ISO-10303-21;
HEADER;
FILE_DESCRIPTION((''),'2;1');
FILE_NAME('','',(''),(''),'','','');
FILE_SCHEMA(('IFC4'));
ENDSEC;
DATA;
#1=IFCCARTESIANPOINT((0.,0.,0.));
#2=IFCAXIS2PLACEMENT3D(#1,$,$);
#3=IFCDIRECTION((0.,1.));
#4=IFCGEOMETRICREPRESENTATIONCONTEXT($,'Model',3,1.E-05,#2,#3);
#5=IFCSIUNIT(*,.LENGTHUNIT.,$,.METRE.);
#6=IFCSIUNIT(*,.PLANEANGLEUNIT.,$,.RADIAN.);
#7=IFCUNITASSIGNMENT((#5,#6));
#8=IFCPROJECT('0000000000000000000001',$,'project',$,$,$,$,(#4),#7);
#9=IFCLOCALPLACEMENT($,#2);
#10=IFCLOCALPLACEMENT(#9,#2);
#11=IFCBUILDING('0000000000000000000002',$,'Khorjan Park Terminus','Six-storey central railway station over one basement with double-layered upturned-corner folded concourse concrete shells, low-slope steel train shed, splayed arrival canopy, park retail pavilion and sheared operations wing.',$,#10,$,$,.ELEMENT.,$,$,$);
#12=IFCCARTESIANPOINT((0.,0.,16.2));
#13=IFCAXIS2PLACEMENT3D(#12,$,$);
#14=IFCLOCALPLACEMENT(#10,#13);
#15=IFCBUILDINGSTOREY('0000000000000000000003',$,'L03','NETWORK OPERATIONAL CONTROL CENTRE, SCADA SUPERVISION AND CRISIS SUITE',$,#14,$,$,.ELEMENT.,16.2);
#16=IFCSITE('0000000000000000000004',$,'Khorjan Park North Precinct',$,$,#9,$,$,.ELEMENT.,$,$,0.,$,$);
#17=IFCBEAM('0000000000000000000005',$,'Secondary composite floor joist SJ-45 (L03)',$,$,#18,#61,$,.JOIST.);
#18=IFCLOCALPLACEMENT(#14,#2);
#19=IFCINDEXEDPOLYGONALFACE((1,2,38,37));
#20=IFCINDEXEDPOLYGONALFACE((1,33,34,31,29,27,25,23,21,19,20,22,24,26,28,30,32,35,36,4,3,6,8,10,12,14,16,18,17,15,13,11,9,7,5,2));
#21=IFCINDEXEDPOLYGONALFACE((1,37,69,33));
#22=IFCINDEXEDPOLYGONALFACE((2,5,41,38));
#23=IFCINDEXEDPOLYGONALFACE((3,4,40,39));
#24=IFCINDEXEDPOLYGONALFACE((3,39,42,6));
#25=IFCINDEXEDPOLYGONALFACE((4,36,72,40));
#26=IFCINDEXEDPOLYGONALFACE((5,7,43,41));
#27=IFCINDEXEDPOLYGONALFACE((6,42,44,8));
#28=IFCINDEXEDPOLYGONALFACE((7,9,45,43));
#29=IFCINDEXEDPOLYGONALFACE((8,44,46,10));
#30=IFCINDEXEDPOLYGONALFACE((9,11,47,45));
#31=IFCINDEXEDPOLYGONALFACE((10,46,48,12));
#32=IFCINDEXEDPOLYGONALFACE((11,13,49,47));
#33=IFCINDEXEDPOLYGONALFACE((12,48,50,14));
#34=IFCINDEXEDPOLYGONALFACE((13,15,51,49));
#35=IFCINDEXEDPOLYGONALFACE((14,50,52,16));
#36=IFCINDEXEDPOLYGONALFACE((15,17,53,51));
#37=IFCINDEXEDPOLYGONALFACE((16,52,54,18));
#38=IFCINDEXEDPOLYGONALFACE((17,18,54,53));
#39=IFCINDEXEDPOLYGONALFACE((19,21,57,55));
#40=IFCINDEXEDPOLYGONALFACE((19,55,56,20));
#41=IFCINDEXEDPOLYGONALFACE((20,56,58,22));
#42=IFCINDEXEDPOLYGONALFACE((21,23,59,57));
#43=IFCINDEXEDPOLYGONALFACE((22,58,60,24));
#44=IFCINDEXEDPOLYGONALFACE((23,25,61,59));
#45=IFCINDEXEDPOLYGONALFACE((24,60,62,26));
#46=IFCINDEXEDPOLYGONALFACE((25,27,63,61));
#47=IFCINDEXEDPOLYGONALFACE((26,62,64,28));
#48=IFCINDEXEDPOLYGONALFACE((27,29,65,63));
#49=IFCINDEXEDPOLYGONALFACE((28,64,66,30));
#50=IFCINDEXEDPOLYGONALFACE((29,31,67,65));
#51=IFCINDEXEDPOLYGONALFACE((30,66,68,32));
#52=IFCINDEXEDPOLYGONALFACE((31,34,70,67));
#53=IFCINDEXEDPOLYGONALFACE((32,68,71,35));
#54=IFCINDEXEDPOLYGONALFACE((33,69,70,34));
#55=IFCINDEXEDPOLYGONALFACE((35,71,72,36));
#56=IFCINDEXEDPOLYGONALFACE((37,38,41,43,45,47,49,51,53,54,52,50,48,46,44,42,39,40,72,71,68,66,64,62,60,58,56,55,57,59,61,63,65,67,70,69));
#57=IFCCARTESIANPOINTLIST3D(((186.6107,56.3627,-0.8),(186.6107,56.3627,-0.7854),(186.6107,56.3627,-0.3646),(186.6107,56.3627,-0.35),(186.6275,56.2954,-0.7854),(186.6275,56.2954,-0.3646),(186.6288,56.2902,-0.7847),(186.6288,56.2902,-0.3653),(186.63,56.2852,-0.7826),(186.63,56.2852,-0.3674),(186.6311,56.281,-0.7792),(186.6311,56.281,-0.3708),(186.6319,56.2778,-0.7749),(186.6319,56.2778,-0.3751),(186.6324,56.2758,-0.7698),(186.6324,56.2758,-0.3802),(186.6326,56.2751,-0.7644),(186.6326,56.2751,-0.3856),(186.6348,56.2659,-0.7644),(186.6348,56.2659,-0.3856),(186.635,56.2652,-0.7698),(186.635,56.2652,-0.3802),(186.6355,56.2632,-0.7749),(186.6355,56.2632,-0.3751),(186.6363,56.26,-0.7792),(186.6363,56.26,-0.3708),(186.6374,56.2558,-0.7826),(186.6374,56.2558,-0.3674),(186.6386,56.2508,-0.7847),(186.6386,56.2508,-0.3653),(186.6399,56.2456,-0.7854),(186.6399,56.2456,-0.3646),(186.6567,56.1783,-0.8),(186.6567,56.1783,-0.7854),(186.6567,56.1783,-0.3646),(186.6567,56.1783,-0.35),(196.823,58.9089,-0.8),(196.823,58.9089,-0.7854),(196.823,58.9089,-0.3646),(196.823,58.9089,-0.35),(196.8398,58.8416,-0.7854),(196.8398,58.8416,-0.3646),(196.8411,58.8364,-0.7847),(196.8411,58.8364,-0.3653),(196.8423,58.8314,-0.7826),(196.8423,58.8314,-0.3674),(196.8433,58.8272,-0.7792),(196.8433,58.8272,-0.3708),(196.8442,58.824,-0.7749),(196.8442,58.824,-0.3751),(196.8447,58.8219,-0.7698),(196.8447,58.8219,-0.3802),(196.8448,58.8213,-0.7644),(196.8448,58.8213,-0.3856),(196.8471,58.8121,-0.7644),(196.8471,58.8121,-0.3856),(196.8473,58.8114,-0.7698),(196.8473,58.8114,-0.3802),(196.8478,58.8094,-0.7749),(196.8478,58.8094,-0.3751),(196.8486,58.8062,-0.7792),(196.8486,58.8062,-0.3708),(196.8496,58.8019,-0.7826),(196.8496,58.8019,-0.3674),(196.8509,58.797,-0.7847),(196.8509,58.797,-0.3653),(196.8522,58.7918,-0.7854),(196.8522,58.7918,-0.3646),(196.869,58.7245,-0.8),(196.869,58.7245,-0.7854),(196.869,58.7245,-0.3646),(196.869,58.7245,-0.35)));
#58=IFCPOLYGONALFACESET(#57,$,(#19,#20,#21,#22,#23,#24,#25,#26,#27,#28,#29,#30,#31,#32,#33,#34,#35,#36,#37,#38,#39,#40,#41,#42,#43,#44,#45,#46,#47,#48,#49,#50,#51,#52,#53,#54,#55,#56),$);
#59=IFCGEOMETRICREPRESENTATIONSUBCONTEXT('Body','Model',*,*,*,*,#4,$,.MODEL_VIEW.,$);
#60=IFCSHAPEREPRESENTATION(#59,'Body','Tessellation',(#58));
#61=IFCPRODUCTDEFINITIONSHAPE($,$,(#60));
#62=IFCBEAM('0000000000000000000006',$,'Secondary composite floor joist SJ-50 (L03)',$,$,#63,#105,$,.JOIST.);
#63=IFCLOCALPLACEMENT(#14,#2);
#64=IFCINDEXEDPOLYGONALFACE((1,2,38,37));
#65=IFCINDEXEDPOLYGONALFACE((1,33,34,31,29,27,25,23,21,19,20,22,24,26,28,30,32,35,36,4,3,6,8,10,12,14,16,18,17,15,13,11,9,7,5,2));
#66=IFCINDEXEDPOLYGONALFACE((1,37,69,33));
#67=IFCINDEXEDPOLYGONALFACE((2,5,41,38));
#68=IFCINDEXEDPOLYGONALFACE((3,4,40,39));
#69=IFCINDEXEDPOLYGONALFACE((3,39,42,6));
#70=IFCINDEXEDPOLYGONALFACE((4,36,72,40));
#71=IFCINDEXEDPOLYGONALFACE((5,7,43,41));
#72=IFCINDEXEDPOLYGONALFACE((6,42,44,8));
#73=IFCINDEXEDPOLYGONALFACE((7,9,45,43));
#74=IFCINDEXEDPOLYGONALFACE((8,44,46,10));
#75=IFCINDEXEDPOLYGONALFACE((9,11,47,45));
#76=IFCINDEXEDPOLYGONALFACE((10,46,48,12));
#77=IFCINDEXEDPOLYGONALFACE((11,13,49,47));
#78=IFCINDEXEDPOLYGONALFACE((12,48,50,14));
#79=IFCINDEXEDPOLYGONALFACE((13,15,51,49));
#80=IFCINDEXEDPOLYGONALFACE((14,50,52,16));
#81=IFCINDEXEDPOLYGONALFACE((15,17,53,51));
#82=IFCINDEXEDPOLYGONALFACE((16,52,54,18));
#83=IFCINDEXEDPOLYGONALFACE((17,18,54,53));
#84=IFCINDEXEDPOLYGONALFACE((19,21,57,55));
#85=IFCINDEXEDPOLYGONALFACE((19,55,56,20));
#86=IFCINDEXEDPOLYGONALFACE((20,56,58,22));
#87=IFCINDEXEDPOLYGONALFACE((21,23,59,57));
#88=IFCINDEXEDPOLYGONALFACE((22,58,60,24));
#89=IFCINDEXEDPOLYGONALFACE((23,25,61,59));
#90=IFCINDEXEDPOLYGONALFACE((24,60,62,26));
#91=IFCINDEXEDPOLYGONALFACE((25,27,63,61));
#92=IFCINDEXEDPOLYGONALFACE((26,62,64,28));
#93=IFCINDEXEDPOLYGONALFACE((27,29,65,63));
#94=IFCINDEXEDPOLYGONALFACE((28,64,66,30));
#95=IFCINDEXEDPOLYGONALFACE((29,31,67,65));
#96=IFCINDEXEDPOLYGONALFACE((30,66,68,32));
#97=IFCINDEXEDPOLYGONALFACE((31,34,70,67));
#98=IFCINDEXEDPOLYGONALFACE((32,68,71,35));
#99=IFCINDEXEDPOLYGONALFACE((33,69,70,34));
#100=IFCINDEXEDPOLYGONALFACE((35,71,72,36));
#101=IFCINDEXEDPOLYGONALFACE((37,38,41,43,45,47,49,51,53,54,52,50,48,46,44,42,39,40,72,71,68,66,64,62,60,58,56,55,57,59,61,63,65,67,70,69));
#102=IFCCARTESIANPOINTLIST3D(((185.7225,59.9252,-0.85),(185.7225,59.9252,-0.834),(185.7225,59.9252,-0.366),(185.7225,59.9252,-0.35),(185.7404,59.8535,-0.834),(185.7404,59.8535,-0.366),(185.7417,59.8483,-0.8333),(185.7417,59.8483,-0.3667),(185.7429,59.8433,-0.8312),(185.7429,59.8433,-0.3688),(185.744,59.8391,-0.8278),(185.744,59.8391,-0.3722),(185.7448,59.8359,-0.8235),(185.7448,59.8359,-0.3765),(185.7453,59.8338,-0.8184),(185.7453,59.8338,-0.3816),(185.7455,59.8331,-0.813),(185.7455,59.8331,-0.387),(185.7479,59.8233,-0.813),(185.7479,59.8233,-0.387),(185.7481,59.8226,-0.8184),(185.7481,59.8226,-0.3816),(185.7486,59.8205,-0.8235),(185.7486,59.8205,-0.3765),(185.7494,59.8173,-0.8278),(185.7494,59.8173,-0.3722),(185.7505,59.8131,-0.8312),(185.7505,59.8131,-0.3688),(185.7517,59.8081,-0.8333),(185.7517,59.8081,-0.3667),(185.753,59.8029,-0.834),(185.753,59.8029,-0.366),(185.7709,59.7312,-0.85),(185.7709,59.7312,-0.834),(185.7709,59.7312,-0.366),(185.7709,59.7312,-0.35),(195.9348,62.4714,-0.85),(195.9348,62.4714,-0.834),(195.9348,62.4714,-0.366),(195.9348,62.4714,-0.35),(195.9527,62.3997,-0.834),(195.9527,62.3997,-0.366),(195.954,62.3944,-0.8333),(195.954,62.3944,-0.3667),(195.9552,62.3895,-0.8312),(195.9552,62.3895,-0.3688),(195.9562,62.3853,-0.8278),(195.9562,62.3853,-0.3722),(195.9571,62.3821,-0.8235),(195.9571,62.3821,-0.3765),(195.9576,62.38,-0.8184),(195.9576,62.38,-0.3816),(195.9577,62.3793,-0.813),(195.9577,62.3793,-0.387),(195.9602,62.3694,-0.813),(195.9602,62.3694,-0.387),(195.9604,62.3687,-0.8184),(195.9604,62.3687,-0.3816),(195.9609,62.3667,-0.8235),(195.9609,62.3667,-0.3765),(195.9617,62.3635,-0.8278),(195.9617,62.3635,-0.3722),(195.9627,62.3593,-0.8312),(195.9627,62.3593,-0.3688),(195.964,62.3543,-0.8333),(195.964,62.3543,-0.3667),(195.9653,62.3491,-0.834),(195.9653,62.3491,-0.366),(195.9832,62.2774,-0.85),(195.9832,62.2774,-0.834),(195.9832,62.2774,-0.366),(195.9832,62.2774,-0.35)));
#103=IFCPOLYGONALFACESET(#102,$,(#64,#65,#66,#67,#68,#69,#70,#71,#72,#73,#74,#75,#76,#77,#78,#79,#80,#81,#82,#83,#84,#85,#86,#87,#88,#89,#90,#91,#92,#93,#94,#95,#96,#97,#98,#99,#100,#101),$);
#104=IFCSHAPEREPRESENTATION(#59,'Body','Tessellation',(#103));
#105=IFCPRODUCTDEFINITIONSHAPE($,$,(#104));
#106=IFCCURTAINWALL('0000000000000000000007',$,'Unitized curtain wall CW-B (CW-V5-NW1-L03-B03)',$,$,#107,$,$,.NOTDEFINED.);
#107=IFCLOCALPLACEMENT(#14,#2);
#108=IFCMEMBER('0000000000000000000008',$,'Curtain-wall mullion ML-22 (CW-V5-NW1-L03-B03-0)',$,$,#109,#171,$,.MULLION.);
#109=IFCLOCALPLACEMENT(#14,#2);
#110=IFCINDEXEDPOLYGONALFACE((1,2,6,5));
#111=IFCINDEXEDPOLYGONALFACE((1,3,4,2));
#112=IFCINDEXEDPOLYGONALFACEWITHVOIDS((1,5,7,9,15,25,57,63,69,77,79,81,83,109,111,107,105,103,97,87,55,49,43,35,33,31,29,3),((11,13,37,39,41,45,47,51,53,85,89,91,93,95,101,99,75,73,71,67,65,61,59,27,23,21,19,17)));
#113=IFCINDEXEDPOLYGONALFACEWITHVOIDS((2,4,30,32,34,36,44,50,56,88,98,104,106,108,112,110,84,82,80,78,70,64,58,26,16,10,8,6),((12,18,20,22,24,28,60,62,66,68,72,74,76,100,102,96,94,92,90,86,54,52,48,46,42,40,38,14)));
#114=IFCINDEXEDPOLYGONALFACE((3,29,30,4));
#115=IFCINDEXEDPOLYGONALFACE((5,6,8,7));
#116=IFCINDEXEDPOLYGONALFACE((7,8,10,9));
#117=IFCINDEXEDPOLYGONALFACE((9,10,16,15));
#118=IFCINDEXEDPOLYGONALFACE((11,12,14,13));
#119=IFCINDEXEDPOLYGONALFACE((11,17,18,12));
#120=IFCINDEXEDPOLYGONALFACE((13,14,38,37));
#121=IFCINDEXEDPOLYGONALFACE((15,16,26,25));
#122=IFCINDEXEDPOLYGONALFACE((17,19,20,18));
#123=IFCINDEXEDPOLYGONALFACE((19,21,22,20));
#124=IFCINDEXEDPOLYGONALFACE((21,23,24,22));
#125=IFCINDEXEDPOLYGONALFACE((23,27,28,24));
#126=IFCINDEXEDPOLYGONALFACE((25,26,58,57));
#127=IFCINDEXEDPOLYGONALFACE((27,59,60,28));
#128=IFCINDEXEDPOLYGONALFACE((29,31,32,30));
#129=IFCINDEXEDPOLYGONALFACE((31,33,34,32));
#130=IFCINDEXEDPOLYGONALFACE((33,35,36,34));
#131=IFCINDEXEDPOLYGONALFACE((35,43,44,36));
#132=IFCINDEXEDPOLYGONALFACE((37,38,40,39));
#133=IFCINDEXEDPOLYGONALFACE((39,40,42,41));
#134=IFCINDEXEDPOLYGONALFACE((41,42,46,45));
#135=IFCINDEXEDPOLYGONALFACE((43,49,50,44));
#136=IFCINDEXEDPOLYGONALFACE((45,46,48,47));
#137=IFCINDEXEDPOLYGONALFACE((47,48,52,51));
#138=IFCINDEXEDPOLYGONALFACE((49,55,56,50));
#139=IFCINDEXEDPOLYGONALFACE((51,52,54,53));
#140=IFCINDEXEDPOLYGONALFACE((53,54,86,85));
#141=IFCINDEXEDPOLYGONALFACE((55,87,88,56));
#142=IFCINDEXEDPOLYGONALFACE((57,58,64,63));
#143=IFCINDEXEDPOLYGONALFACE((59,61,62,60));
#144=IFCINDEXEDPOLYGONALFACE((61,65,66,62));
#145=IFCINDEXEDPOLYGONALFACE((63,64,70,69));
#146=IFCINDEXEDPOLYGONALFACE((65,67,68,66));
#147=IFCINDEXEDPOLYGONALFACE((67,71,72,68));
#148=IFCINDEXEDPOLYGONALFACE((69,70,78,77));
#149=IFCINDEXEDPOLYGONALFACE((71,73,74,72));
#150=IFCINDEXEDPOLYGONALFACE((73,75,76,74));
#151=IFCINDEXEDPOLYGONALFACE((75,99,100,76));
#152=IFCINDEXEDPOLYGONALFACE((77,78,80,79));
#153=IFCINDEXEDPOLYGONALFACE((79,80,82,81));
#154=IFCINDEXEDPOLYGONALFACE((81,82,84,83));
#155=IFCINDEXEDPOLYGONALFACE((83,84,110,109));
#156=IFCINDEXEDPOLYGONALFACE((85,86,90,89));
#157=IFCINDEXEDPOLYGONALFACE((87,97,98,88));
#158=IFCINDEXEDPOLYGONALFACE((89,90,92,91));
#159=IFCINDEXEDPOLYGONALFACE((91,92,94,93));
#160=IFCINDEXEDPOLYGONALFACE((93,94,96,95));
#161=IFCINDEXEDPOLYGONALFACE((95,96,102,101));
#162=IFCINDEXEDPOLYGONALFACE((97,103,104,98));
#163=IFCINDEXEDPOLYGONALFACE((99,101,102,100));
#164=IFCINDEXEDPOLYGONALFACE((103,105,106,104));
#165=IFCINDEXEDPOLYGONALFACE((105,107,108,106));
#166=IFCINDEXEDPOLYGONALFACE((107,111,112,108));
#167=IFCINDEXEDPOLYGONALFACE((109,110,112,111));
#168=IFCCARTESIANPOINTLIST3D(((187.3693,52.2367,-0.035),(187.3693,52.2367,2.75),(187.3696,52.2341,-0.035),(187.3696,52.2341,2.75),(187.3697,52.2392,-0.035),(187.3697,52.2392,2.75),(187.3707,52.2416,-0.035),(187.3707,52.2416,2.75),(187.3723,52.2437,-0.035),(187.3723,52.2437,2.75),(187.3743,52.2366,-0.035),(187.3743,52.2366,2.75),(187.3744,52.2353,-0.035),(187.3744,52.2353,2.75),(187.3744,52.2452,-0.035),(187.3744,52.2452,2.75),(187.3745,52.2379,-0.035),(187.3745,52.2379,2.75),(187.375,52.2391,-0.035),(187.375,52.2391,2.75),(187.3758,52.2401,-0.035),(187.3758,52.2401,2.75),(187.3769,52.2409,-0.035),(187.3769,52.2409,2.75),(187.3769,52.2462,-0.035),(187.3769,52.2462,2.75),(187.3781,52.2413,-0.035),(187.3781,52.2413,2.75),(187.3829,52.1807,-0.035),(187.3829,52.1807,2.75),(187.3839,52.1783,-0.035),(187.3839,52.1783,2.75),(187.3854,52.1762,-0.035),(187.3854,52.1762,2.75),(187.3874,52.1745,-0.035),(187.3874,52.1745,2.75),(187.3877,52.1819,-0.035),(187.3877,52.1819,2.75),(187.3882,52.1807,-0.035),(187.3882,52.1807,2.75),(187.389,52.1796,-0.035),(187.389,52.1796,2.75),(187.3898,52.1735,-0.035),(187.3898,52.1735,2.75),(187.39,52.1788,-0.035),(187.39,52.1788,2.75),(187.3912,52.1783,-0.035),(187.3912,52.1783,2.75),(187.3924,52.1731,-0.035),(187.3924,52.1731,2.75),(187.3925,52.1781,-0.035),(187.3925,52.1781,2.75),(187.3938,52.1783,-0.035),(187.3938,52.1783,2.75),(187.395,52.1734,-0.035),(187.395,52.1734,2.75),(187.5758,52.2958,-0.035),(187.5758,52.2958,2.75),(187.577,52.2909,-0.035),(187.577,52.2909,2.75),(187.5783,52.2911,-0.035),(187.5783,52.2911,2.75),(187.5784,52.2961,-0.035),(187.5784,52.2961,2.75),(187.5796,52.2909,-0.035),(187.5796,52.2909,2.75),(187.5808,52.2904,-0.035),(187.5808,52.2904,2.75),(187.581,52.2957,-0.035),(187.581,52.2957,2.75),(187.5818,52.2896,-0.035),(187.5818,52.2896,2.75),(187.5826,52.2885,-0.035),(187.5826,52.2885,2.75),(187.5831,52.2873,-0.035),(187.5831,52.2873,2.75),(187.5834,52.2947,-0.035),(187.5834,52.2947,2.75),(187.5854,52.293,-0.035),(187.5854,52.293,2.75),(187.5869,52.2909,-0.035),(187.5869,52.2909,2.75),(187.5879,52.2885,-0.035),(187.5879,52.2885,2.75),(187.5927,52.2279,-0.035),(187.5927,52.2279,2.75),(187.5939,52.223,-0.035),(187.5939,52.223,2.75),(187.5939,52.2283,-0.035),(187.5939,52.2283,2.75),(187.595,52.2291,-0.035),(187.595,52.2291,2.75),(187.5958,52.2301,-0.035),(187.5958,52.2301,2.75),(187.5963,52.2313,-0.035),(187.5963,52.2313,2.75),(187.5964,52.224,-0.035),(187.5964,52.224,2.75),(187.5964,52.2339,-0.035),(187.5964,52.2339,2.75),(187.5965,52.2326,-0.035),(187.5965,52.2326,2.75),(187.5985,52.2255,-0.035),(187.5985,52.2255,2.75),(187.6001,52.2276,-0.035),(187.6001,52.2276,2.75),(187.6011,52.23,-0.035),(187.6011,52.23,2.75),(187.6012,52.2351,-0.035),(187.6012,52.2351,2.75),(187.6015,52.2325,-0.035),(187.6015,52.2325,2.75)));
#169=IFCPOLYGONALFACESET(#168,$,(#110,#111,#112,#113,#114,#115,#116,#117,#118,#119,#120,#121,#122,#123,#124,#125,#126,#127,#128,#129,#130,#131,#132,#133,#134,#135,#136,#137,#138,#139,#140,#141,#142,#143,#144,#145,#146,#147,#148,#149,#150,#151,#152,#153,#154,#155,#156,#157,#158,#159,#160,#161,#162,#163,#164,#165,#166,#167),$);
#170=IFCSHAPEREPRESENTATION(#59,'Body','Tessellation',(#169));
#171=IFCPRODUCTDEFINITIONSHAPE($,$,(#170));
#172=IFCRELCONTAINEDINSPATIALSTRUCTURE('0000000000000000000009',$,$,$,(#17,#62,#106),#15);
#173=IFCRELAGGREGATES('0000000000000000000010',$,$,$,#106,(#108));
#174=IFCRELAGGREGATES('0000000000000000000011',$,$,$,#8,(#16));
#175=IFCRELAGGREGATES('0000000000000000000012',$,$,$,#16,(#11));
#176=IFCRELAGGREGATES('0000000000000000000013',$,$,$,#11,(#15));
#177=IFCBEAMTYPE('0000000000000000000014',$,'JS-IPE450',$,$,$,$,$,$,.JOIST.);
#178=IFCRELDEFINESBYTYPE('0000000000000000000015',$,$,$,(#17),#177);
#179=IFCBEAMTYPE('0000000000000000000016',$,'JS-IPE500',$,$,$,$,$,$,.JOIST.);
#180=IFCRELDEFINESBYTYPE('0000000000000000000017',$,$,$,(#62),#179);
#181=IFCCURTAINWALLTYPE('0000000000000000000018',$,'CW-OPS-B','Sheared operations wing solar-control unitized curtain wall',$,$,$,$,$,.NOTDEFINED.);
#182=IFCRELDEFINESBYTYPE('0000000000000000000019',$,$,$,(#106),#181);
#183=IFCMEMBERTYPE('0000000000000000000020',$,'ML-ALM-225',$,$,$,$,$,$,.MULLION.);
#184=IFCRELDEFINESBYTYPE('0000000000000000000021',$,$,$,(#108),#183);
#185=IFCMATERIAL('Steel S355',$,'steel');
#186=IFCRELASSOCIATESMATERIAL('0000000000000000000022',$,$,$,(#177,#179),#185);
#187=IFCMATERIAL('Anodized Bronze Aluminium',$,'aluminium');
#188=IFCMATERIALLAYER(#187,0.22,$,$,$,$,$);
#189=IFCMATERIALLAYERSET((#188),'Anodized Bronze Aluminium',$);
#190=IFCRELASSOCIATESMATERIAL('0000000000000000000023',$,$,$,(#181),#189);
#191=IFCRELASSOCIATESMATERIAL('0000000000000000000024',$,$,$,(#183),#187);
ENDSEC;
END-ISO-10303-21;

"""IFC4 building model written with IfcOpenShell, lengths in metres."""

from ifc_helpers import new_model, si_unit, direction, frame, origin, origin_2d, place, context, subcontext, project, spatial, hollow_rectangle, i_section, extrude, material, layer, layer_set, material_profile, profile_set, type_object, element, aggregate, save


model = new_model("IFC4")

# Units and contexts
model_context = context("Model", 3, precision=1e-05, world=origin(), true_north=direction((0.0, 1.0)))
body_context = subcontext(model_context, "Body", "Model", "MODEL_VIEW")
ifc_project = project(units=[si_unit("LENGTHUNIT", "METRE"), si_unit("PLANEANGLEUNIT", "RADIAN")], contexts=[model_context])

# Site, building, storey
site_placement = place(None, origin())
site = spatial("IfcSite", under=ifc_project, at=site_placement, Name="Khorjan Park North Precinct", CompositionType="ELEMENT", RefElevation=0.0)
building_placement = place(site_placement, origin())
building = spatial("IfcBuilding", under=site, at=building_placement, Name="Khorjan Park Terminus", Description="Six-storey central railway station over one basement with double-layered upturned-corner folded concourse concrete shells, low-slope steel train shed, splayed arrival canopy, park retail pavilion and sheared operations wing.", CompositionType="ELEMENT")
storey_placement = place(building_placement, frame((0.0, 0.0, 16.2)))
storey = spatial("IfcBuildingStorey", under=building, at=storey_placement, Name="L03", Description="NETWORK OPERATIONAL CONTROL CENTRE, SCADA SUPERVISION AND CRISIS SUITE", CompositionType="ELEMENT", Elevation=16.2)

# Beams
ifc_material_1 = material(Name="Steel S355", Category="steel")
ifc_material_profile_1 = material_profile(ifc_material_1, i_section(OverallWidth=0.19, OverallDepth=0.45, WebThickness=0.0094, FlangeThickness=0.0146, FilletRadius=0.021, at=origin_2d()), Name="IPE 450")
ifc_profile_set_1 = profile_set([ifc_material_profile_1], Name="Steel S355")
beam_type_1 = type_object("IfcBeamType", Name="JS-IPE450", PredefinedType="JOIST", material=ifc_profile_set_1)
beam_1_placement = place(storey_placement, frame((186.6337, 56.2705, -0.575), z_axis=(0.970296, 0.241921, 0.0), x_axis=(-0.241921, 0.970296, 0.0)))
element("IfcBeam", 1, at=beam_1_placement, inside=storey, type_object=beam_type_1, Name="Secondary composite floor joist SJ-45 (L03)", PredefinedType="JOIST", context=body_context, shape_type="SweptSolid", body=[
    extrude(i_section(OverallWidth=0.19, OverallDepth=0.45, WebThickness=0.0094, FlangeThickness=0.0146, FilletRadius=0.021, at=origin_2d()), origin(), (0.0, 0.0, 1.0), 10.5249),
])
ifc_material_profile_2 = material_profile(ifc_material_1, i_section(OverallWidth=0.2, OverallDepth=0.5, WebThickness=0.0102, FlangeThickness=0.016, FilletRadius=0.021, at=origin_2d()), Name="IPE 500")
ifc_profile_set_2 = profile_set([ifc_material_profile_2], Name="Steel S355")
beam_type_2 = type_object("IfcBeamType", Name="JS-IPE500", PredefinedType="JOIST", material=ifc_profile_set_2)
beam_2_placement = place(storey_placement, frame((185.7467, 59.8282, -0.6), z_axis=(0.970296, 0.241921, 0.0), x_axis=(-0.241921, 0.970296, 0.0)))
element("IfcBeam", 2, at=beam_2_placement, inside=storey, type_object=beam_type_2, Name="Secondary composite floor joist SJ-50 (L03)", PredefinedType="JOIST", context=body_context, shape_type="SweptSolid", body=[
    extrude(i_section(OverallWidth=0.2, OverallDepth=0.5, WebThickness=0.0102, FlangeThickness=0.016, FilletRadius=0.021, at=origin_2d()), origin(), (0.0, 0.0, 1.0), 10.5249),
])

# Curtain wall, member
ifc_material_2 = material(Name="Anodized Bronze Aluminium", Category="aluminium")
ifc_layer_1 = layer(ifc_material_2, 0.22)
ifc_layer_set_1 = layer_set([ifc_layer_1], Name="Anodized Bronze Aluminium")
curtain_wall_type = type_object("IfcCurtainWallType", Name="CW-OPS-B", Description="Sheared operations wing solar-control unitized curtain wall", PredefinedType="NOTDEFINED", material=ifc_layer_set_1)
curtain_wall_placement = place(storey_placement, origin())
curtain_wall = element("IfcCurtainWall", 3, at=curtain_wall_placement, inside=storey, type_object=curtain_wall_type, Name="Unitized curtain wall CW-B (CW-V5-NW1-L03-B03)", PredefinedType="NOTDEFINED")
ifc_material_profile_3 = material_profile(ifc_material_2, hollow_rectangle(XDim=0.075, YDim=0.225, WallThickness=0.005, InnerFilletRadius=0.005, OuterFilletRadius=0.01, at=origin_2d()), Name="ALM 75x225x5")
ifc_profile_set_3 = profile_set([ifc_material_profile_3], Name="Anodized Bronze Aluminium")
member_type_1 = type_object("IfcMemberType", Name="ML-ALM-225", PredefinedType="MULLION", material=ifc_profile_set_3)
member_1_placement = place(storey_placement, frame((187.4854, 52.2346, -0.035), z_axis=(0.0, 0.0, 1.0), x_axis=(0.24192, -0.970296, 0.0)))
member_1 = element("IfcMember", 4, at=member_1_placement, type_object=member_type_1, Name="Curtain-wall mullion ML-22 (CW-V5-NW1-L03-B03-0)", PredefinedType="MULLION", context=body_context, shape_type="SweptSolid", body=[
    extrude(hollow_rectangle(XDim=0.075, YDim=0.225, WallThickness=0.005, InnerFilletRadius=0.005, OuterFilletRadius=0.01, at=origin_2d()), origin(), (0.0, 0.0, 1.0), 2.785),
])
aggregate(curtain_wall, [member_1])

save(model, "model.ifc")
